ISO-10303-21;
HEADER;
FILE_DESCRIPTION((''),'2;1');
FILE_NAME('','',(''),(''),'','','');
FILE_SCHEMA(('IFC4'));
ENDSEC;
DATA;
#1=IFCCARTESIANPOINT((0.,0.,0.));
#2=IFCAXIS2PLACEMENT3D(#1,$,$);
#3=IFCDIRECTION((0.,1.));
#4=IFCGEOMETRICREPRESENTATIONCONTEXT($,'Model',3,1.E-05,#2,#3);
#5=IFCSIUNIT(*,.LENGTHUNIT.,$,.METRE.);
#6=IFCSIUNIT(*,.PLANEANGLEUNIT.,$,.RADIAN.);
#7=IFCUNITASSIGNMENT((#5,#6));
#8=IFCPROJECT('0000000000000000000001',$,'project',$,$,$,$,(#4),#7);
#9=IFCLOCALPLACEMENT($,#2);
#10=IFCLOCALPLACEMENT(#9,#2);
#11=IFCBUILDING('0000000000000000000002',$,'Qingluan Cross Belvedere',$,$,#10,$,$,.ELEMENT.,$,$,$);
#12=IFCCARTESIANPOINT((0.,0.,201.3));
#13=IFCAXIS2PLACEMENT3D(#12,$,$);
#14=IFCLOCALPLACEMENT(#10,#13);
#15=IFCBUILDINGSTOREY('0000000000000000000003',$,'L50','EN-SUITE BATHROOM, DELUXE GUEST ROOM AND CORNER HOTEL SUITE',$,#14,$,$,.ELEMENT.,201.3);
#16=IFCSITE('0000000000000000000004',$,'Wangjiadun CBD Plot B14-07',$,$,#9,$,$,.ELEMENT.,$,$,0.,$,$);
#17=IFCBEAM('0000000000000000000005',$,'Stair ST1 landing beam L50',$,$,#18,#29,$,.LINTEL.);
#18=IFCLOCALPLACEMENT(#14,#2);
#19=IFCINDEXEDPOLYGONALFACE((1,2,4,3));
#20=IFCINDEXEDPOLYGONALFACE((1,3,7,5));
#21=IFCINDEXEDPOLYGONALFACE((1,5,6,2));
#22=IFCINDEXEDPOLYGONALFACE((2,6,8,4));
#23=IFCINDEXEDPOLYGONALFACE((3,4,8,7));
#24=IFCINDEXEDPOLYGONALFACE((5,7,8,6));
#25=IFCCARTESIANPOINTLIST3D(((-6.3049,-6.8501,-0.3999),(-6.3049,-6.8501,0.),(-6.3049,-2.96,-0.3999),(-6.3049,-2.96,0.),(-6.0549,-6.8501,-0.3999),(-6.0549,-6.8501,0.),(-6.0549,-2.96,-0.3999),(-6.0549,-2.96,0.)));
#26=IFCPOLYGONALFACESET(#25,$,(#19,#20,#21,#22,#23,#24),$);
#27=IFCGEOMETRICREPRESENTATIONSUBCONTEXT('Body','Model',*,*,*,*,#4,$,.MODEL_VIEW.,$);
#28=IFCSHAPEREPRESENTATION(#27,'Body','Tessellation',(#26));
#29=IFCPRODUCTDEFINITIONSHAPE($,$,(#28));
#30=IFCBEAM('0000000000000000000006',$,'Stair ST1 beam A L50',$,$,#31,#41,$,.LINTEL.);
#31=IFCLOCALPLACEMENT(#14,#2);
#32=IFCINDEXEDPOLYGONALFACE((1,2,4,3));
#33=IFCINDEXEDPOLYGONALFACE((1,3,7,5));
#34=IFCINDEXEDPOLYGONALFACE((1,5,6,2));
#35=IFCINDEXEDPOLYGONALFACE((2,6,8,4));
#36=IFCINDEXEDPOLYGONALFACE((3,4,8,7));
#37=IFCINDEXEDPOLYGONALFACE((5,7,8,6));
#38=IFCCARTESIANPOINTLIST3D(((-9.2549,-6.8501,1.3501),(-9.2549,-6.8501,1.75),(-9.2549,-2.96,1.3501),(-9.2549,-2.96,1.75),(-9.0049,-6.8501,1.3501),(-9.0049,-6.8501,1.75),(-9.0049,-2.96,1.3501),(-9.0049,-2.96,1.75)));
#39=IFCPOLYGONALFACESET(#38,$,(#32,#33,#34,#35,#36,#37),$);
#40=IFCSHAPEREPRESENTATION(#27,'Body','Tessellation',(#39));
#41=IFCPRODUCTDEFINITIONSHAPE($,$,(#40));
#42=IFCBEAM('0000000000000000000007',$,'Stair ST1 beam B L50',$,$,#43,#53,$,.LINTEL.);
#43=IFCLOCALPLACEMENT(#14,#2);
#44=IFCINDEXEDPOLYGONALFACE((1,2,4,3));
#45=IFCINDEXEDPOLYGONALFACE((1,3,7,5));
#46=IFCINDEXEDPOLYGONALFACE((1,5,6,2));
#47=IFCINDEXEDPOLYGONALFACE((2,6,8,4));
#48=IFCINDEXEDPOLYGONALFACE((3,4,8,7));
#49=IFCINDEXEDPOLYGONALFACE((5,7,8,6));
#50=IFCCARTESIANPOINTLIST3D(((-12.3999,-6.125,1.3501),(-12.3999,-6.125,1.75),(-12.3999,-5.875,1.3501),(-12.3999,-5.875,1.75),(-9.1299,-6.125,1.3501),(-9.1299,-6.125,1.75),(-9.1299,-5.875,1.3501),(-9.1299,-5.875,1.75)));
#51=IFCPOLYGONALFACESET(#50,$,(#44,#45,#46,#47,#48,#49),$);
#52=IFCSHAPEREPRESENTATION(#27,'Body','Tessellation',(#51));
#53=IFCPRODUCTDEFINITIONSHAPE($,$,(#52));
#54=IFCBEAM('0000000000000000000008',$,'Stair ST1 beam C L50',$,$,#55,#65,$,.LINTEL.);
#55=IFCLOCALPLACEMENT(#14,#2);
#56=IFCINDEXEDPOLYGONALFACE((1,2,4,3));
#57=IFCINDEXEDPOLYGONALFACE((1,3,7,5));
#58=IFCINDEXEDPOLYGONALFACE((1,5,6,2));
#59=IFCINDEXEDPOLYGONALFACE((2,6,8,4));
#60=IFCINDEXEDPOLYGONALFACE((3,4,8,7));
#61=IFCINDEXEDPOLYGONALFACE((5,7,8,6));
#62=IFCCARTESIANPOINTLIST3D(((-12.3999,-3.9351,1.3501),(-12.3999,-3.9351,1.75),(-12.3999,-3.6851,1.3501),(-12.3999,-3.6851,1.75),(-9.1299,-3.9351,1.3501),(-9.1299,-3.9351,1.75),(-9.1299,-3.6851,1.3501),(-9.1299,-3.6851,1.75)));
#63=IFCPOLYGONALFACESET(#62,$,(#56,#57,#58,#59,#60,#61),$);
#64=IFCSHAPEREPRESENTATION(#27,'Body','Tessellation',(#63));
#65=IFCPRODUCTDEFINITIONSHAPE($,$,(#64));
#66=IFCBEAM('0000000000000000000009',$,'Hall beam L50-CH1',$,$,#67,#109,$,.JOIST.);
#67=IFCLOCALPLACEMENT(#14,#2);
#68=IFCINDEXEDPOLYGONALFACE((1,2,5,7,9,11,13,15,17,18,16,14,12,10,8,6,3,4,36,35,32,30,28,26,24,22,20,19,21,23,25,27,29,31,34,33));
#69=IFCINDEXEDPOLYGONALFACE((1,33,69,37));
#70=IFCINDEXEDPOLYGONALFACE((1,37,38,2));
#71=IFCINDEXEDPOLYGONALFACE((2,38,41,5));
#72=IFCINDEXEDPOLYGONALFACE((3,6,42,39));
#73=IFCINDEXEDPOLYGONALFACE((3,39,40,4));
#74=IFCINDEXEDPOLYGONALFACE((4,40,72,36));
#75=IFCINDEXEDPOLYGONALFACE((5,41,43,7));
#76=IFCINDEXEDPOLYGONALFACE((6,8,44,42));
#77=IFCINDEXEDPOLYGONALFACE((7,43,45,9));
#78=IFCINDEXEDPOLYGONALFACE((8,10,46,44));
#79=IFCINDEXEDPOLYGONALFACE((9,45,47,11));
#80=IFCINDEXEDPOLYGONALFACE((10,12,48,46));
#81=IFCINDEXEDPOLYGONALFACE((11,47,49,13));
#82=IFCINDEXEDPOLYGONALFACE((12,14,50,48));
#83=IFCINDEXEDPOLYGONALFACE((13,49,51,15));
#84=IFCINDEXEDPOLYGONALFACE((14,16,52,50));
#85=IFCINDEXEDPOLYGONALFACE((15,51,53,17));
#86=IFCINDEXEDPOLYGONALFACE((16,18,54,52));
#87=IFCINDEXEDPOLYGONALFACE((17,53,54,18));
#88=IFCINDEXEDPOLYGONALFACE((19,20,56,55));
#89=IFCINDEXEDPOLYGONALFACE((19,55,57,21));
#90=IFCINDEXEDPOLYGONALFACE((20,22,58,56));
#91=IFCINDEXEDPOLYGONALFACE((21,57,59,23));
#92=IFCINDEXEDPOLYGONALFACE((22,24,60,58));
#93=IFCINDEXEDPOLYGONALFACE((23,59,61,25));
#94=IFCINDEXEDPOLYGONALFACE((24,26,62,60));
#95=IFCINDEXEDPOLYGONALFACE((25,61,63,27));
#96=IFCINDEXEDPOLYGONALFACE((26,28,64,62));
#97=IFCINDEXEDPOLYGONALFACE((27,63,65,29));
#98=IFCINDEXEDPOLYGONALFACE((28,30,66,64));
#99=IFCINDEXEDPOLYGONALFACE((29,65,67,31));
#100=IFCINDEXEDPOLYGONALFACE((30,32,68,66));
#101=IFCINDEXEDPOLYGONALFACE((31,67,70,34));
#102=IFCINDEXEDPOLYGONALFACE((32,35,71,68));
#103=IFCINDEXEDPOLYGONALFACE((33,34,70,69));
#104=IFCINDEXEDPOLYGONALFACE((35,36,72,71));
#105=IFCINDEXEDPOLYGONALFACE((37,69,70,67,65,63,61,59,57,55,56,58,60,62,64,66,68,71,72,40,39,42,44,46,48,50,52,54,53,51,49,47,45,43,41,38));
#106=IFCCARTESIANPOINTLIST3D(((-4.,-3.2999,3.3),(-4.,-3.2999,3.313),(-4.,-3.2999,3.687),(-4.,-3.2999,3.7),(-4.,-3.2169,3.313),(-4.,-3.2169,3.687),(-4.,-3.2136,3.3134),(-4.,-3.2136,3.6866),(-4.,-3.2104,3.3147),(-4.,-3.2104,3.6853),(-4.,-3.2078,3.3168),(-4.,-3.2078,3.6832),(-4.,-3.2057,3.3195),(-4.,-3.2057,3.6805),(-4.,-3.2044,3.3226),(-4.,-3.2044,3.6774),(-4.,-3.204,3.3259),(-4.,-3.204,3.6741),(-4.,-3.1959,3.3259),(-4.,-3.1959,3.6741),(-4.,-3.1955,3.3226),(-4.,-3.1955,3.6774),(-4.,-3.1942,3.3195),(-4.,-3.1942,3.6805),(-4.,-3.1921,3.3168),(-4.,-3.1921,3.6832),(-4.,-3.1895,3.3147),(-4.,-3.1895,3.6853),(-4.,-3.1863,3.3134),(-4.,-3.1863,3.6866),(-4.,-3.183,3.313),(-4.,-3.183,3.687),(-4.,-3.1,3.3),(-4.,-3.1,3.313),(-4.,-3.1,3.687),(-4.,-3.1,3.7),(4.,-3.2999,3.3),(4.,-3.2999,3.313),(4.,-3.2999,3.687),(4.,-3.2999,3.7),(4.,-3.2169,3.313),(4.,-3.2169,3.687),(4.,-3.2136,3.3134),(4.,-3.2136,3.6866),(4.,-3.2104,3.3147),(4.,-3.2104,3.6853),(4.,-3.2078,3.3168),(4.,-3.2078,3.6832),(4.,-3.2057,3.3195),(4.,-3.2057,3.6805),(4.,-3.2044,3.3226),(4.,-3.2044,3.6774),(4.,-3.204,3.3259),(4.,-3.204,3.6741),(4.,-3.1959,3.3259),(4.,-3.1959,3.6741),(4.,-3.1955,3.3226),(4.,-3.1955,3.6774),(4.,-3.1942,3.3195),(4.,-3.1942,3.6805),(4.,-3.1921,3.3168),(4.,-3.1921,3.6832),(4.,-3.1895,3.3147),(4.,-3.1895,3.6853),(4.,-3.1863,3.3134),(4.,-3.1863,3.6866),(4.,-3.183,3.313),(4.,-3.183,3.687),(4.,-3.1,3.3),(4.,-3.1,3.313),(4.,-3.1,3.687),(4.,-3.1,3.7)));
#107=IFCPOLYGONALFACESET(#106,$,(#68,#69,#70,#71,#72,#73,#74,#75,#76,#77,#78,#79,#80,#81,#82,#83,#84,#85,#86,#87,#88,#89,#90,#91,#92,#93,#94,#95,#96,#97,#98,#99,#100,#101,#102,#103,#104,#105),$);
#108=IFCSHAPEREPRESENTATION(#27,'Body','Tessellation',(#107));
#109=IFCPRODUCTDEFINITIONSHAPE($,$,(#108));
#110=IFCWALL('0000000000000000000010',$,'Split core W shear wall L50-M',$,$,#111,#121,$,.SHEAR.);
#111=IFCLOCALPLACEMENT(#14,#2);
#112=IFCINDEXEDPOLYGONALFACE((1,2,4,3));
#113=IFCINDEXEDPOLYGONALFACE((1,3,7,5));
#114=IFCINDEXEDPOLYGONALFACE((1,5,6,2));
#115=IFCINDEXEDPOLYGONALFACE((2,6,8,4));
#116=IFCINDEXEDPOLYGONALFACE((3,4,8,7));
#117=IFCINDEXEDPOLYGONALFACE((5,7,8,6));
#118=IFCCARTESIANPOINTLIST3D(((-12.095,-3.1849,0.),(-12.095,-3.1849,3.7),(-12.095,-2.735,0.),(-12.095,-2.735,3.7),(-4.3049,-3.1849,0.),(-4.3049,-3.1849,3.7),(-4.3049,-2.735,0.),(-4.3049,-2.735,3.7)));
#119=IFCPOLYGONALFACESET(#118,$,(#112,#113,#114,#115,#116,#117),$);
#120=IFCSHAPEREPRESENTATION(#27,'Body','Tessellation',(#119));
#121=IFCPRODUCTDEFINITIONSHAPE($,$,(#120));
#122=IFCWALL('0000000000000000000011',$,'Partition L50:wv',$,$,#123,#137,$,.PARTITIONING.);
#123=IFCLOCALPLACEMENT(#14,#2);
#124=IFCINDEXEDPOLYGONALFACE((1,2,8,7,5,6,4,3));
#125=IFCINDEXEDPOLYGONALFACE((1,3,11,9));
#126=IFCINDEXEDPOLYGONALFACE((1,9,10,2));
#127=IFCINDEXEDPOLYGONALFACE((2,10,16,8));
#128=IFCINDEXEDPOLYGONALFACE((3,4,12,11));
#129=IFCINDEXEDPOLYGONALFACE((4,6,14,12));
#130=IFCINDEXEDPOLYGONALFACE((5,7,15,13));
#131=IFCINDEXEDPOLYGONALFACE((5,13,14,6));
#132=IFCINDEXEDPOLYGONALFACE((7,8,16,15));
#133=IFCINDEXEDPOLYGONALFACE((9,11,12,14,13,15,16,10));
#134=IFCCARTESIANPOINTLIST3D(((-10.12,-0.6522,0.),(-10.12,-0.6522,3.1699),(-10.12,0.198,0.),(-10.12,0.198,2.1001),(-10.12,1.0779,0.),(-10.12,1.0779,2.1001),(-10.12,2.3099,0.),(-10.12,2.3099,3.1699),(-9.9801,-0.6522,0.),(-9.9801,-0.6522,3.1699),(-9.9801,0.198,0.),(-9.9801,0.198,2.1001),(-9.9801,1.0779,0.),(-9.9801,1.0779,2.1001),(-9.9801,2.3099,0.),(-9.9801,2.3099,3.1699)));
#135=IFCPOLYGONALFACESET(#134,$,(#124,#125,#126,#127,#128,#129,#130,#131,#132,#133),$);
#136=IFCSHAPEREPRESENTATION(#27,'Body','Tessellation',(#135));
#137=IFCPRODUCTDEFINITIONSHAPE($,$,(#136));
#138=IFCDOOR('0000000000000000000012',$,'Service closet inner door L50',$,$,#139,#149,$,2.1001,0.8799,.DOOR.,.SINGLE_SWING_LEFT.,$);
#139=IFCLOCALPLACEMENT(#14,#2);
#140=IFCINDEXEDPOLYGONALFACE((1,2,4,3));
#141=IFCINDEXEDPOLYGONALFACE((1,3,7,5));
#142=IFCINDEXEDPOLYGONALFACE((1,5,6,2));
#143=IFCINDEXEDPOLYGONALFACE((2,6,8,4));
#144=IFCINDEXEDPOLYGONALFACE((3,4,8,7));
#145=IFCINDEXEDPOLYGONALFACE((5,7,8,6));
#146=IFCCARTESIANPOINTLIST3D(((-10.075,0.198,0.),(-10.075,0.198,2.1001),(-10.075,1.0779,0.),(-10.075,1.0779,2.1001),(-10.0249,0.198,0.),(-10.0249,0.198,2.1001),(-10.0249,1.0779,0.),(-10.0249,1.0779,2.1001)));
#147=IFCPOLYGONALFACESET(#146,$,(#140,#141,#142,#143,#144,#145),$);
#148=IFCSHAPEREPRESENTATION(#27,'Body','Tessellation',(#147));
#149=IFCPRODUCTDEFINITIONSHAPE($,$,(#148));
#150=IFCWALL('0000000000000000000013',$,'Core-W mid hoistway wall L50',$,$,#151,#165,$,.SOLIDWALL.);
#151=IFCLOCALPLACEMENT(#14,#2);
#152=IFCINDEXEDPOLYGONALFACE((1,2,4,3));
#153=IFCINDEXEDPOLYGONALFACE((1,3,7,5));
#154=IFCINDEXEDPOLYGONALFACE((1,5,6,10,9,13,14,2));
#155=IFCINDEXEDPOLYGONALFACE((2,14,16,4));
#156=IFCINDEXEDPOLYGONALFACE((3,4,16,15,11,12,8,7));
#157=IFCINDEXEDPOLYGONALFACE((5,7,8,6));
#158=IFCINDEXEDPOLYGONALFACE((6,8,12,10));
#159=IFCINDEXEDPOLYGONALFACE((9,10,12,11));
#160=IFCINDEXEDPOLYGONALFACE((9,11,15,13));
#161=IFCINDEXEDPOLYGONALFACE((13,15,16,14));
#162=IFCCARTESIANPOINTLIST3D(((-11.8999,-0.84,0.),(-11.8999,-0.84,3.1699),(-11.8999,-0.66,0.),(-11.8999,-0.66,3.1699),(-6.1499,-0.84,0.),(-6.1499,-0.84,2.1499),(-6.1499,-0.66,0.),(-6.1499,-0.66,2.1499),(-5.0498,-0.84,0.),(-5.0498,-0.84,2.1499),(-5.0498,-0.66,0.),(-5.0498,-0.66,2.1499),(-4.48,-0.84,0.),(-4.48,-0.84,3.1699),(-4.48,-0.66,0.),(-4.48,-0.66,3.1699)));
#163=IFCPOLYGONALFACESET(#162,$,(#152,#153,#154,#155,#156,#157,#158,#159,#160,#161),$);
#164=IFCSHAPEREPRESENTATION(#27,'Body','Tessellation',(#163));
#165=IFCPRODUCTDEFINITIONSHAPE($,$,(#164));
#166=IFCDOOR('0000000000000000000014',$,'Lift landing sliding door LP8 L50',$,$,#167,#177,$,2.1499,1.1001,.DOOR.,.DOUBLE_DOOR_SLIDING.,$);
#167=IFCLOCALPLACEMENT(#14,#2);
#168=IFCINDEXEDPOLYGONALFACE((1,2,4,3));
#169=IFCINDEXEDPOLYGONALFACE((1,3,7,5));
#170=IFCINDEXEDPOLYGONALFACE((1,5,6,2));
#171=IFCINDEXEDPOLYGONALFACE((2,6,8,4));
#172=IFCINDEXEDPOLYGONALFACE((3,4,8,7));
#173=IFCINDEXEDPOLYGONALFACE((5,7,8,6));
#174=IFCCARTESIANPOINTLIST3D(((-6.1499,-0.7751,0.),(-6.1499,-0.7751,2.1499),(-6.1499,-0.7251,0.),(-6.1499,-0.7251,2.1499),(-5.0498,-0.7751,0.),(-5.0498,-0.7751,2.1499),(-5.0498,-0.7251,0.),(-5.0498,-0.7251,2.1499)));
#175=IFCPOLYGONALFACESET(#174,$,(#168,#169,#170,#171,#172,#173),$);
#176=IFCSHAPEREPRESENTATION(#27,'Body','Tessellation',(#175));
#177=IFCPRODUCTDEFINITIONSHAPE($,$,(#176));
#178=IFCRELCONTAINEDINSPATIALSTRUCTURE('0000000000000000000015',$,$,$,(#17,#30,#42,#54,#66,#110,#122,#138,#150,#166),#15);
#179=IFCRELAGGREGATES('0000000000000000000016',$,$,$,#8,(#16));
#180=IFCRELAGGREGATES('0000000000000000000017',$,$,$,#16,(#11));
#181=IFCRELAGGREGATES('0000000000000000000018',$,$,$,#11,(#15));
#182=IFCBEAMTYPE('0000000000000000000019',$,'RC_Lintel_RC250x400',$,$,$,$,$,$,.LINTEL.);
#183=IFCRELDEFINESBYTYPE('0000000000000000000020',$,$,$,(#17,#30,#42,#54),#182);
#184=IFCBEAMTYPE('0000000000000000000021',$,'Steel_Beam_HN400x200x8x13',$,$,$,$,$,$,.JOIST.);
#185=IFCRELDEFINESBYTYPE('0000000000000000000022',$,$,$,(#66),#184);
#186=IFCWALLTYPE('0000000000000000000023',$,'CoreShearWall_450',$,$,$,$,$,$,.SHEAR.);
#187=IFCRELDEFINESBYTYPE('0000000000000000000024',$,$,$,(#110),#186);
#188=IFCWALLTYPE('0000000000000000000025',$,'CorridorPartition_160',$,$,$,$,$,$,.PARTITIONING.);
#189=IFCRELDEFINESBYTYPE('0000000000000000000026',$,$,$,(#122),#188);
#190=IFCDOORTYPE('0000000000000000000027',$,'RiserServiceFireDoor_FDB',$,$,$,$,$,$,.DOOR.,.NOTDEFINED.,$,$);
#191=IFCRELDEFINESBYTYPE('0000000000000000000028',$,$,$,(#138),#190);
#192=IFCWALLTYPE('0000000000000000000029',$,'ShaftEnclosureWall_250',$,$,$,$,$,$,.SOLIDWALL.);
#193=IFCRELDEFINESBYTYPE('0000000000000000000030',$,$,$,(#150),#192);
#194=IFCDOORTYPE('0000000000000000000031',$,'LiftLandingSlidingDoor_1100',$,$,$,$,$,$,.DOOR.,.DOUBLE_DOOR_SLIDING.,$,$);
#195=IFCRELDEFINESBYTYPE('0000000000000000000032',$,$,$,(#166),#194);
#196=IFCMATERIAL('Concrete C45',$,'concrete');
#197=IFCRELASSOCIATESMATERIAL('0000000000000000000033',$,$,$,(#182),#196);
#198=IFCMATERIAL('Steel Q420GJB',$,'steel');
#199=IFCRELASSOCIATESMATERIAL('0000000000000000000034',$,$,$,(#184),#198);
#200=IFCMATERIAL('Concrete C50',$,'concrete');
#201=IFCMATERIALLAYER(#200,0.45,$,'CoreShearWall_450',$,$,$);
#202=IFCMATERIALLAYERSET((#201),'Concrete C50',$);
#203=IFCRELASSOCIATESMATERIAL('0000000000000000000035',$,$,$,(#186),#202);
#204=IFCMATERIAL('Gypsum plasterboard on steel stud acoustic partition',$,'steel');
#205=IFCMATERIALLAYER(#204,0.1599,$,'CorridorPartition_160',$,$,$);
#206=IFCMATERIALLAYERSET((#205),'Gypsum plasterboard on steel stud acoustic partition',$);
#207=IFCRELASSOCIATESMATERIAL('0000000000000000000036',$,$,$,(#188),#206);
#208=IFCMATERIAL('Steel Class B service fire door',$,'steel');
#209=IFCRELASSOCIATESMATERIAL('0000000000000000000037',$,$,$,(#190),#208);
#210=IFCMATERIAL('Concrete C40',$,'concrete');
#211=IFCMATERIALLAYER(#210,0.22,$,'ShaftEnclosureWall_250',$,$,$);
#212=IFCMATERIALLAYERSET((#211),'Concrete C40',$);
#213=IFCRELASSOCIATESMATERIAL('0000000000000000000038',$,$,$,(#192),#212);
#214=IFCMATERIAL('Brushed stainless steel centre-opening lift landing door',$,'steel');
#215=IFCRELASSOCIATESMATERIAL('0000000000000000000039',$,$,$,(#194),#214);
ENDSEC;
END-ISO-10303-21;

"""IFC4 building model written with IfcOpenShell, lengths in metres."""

from ifc_helpers import new_model, si_unit, direction, frame, frame_2d, origin, origin_2d, place, context, subcontext, project, spatial, rectangle, i_section, extrude, material, layer, layer_set, material_profile, profile_set, type_object, element, fill, save


model = new_model("IFC4")

# Units and contexts
model_context = context("Model", 3, precision=1e-05, world=origin(), true_north=direction((0.0, 1.0)))
body_context = subcontext(model_context, "Body", "Model", "MODEL_VIEW")
ifc_project = project(units=[si_unit("LENGTHUNIT", "METRE"), si_unit("PLANEANGLEUNIT", "RADIAN")], contexts=[model_context])

# Site, building, storey
site_placement = place(None, origin())
site = spatial("IfcSite", under=ifc_project, at=site_placement, Name="Wangjiadun CBD Plot B14-07", CompositionType="ELEMENT", RefElevation=0.0)
building_placement = place(site_placement, origin())
building = spatial("IfcBuilding", under=site, at=building_placement, Name="Qingluan Cross Belvedere", CompositionType="ELEMENT")
storey_placement = place(building_placement, frame((0.0, 0.0, 201.3)))
storey = spatial("IfcBuildingStorey", under=building, at=storey_placement, Name="L50", Description="EN-SUITE BATHROOM, DELUXE GUEST ROOM AND CORNER HOTEL SUITE", CompositionType="ELEMENT", Elevation=201.3)

# Beams
ifc_material_1 = material(Name="Concrete C45", Category="concrete")
ifc_material_profile_1 = material_profile(ifc_material_1, rectangle(XDim=0.25, YDim=0.3999, at=origin_2d()), Name="RC250x400")
ifc_profile_set_1 = profile_set([ifc_material_profile_1], Name="Concrete C45")
beam_type_1 = type_object("IfcBeamType", Name="RC_Lintel_RC250x400", PredefinedType="LINTEL", material=ifc_profile_set_1)
for number, where, z_axis, x_axis, name in (
    (1, (-6.1799, -6.8501, -0.2), (0.0, 1.0, 0.0), (-1.0, 0.0, 0.0), "Stair ST1 landing beam L50"),
    (2, (-9.1299, -6.8501, 1.55), (0.0, 1.0, 0.0), (-1.0, 0.0, 0.0), "Stair ST1 beam A L50"),
):
    element("IfcBeam", number, at=place(storey_placement, frame(where, z_axis=z_axis, x_axis=x_axis)), inside=storey, type_object=beam_type_1, Name=name, PredefinedType="LINTEL", context=body_context, shape_type="SweptSolid", body=[
        extrude(rectangle(XDim=0.25, YDim=0.3999, at=origin_2d()), origin(), (0.0, 0.0, 1.0), 3.8901),
    ])
for number, where, z_axis, x_axis, name in (
    (3, (-12.3999, -6.0, 1.55), (1.0, 0.0, 0.0), (0.0, 1.0, 0.0), "Stair ST1 beam B L50"),
    (4, (-12.3999, -3.8101, 1.55), (1.0, 0.0, 0.0), (0.0, 1.0, 0.0), "Stair ST1 beam C L50"),
):
    element("IfcBeam", number, at=place(storey_placement, frame(where, z_axis=z_axis, x_axis=x_axis)), inside=storey, type_object=beam_type_1, Name=name, PredefinedType="LINTEL", context=body_context, shape_type="SweptSolid", body=[
        extrude(rectangle(XDim=0.25, YDim=0.3999, at=origin_2d()), origin(), (0.0, 0.0, 1.0), 3.27),
    ])
ifc_material_2 = material(Name="Steel Q420GJB", Category="steel")
ifc_material_profile_2 = material_profile(ifc_material_2, i_section(OverallWidth=0.2, OverallDepth=0.3999, WebThickness=0.0081, FlangeThickness=0.0129, FilletRadius=0.0129, at=origin_2d()), Name="HN400x200x8x13")
ifc_profile_set_2 = profile_set([ifc_material_profile_2], Name="Steel Q420GJB")
beam_type_2 = type_object("IfcBeamType", Name="Steel_Beam_HN400x200x8x13", PredefinedType="JOIST", material=ifc_profile_set_2)
beam_placement = place(storey_placement, frame((-4.0, -3.2, 3.5), z_axis=(1.0, 0.0, 0.0), x_axis=(0.0, 1.0, 0.0)))
element("IfcBeam", 5, at=beam_placement, inside=storey, type_object=beam_type_2, Name="Hall beam L50-CH1", PredefinedType="JOIST", context=body_context, shape_type="SweptSolid", body=[
    extrude(i_section(OverallWidth=0.2, OverallDepth=0.3999, WebThickness=0.0081, FlangeThickness=0.0129, FilletRadius=0.0129, at=origin_2d()), origin(), (0.0, 0.0, 1.0), 8.0),
])

# Wall
ifc_material_3 = material(Name="Concrete C50", Category="concrete")
ifc_layer_1 = layer(ifc_material_3, 0.45, Name="CoreShearWall_450")
ifc_layer_set_1 = layer_set([ifc_layer_1], Name="Concrete C50")
wall_type_1 = type_object("IfcWallType", Name="CoreShearWall_450", PredefinedType="SHEAR", material=ifc_layer_set_1)
wall_1_placement = place(storey_placement, frame((-12.095, -2.96, 0.0), z_axis=(0.0, 0.0, 1.0), x_axis=(1.0, 0.0, 0.0)))
element("IfcWall", 6, at=wall_1_placement, inside=storey, type_object=wall_type_1, Name="Split core W shear wall L50-M", PredefinedType="SHEAR", context=body_context, shape_type="SweptSolid", body=[
    extrude(rectangle(XDim=7.79, YDim=0.45, at=frame_2d((3.895, 0.0))), origin(), (0.0, 0.0, 1.0), 3.7),
])

# Walls, openings, doors
ifc_material_4 = material(Name="Gypsum plasterboard on steel stud acoustic partition", Category="steel")
ifc_layer_2 = layer(ifc_material_4, 0.1599, Name="CorridorPartition_160")
ifc_layer_set_2 = layer_set([ifc_layer_2], Name="Gypsum plasterboard on steel stud acoustic partition")
wall_type_2 = type_object("IfcWallType", Name="CorridorPartition_160", PredefinedType="PARTITIONING", material=ifc_layer_set_2)
wall_2_placement = place(storey_placement, frame((-10.05, -0.6521, 0.0), z_axis=(0.0, 0.0, 1.0), x_axis=(0.0, 1.0, 0.0)))
wall_2 = element("IfcWall", 7, at=wall_2_placement, inside=storey, type_object=wall_type_2, Name="Partition L50:wv", PredefinedType="PARTITIONING", context=body_context, shape_type="SweptSolid", body=[
    extrude(rectangle(XDim=2.9622, YDim=0.1399, at=frame_2d((1.481, 0.0))), origin(), (0.0, 0.0, 1.0), 3.1699),
])
opening_1_placement = place(wall_2_placement, frame((0.8501, 0.0, 0.0)))
opening_1 = element("IfcOpeningElement", 8, at=opening_1_placement, cuts=wall_2, PredefinedType="OPENING", context=body_context, shape_type="SweptSolid", body=[
    extrude(rectangle(XDim=0.8799, YDim=2.1001, at=frame_2d((0.4399, 1.05))), frame((0.0, 0.0798, 0.0), z_axis=(0.0, -1.0, 0.0), x_axis=(1.0, 0.0, 0.0)), (0.0, 0.0, 1.0), 0.1599),
])
ifc_material_5 = material(Name="Steel Class B service fire door", Category="steel")
door_type_1 = type_object("IfcDoorType", Name="RiserServiceFireDoor_FDB", OperationType="NOTDEFINED", PredefinedType="DOOR", material=ifc_material_5)
door_1_placement = place(opening_1_placement, origin())
door_1 = element("IfcDoor", 9, at=door_1_placement, inside=storey, type_object=door_type_1, Name="Service closet inner door L50", OperationType="SINGLE_SWING_LEFT", OverallHeight=2.1001, OverallWidth=0.8799, PredefinedType="DOOR", context=body_context, shape_type="SweptSolid", body=[
    extrude(rectangle(XDim=0.8799, YDim=2.1001, at=frame_2d((0.4399, 1.05))), frame((0.0, 0.0249, 0.0), z_axis=(0.0, -1.0, 0.0), x_axis=(1.0, 0.0, 0.0)), (0.0, 0.0, 1.0), 0.05),
])
fill(opening_1, door_1)
ifc_material_6 = material(Name="Concrete C40", Category="concrete")
ifc_layer_3 = layer(ifc_material_6, 0.22, Name="ShaftEnclosureWall_250")
ifc_layer_set_3 = layer_set([ifc_layer_3], Name="Concrete C40")
wall_type_3 = type_object("IfcWallType", Name="ShaftEnclosureWall_250", PredefinedType="SOLIDWALL", material=ifc_layer_set_3)
wall_3_placement = place(storey_placement, frame((-11.8999, -0.75, 0.0), z_axis=(0.0, 0.0, 1.0), x_axis=(1.0, 0.0, 0.0)))
wall_3 = element("IfcWall", 10, at=wall_3_placement, inside=storey, type_object=wall_type_3, Name="Core-W mid hoistway wall L50", PredefinedType="SOLIDWALL", context=body_context, shape_type="SweptSolid", body=[
    extrude(rectangle(XDim=7.4199, YDim=0.1799, at=frame_2d((3.71, 0.0))), origin(), (0.0, 0.0, 1.0), 3.1699),
])
opening_2_placement = place(wall_3_placement, frame((5.75, 0.0, 0.0)))
opening_2 = element("IfcOpeningElement", 11, at=opening_2_placement, cuts=wall_3, PredefinedType="OPENING", context=body_context, shape_type="SweptSolid", body=[
    extrude(rectangle(XDim=1.1001, YDim=2.1499, at=frame_2d((0.55, 1.075))), frame((0.0, 0.0999, 0.0), z_axis=(0.0, -1.0, 0.0), x_axis=(1.0, 0.0, 0.0)), (0.0, 0.0, 1.0), 0.2),
])
ifc_material_7 = material(Name="Brushed stainless steel centre-opening lift landing door", Category="steel")
door_type_2 = type_object("IfcDoorType", Name="LiftLandingSlidingDoor_1100", OperationType="DOUBLE_DOOR_SLIDING", PredefinedType="DOOR", material=ifc_material_7)
door_2_placement = place(opening_2_placement, origin())
door_2 = element("IfcDoor", 12, at=door_2_placement, inside=storey, type_object=door_type_2, Name="Lift landing sliding door LP8 L50", OperationType="DOUBLE_DOOR_SLIDING", OverallHeight=2.1499, OverallWidth=1.1001, PredefinedType="DOOR", context=body_context, shape_type="SweptSolid", body=[
    extrude(rectangle(XDim=1.1001, YDim=2.1499, at=frame_2d((0.55, 1.075))), frame((0.0, 0.0249, 0.0), z_axis=(0.0, -1.0, 0.0), x_axis=(1.0, 0.0, 0.0)), (0.0, 0.0, 1.0), 0.05),
])
fill(opening_2, door_2)

save(model, "model.ifc")
